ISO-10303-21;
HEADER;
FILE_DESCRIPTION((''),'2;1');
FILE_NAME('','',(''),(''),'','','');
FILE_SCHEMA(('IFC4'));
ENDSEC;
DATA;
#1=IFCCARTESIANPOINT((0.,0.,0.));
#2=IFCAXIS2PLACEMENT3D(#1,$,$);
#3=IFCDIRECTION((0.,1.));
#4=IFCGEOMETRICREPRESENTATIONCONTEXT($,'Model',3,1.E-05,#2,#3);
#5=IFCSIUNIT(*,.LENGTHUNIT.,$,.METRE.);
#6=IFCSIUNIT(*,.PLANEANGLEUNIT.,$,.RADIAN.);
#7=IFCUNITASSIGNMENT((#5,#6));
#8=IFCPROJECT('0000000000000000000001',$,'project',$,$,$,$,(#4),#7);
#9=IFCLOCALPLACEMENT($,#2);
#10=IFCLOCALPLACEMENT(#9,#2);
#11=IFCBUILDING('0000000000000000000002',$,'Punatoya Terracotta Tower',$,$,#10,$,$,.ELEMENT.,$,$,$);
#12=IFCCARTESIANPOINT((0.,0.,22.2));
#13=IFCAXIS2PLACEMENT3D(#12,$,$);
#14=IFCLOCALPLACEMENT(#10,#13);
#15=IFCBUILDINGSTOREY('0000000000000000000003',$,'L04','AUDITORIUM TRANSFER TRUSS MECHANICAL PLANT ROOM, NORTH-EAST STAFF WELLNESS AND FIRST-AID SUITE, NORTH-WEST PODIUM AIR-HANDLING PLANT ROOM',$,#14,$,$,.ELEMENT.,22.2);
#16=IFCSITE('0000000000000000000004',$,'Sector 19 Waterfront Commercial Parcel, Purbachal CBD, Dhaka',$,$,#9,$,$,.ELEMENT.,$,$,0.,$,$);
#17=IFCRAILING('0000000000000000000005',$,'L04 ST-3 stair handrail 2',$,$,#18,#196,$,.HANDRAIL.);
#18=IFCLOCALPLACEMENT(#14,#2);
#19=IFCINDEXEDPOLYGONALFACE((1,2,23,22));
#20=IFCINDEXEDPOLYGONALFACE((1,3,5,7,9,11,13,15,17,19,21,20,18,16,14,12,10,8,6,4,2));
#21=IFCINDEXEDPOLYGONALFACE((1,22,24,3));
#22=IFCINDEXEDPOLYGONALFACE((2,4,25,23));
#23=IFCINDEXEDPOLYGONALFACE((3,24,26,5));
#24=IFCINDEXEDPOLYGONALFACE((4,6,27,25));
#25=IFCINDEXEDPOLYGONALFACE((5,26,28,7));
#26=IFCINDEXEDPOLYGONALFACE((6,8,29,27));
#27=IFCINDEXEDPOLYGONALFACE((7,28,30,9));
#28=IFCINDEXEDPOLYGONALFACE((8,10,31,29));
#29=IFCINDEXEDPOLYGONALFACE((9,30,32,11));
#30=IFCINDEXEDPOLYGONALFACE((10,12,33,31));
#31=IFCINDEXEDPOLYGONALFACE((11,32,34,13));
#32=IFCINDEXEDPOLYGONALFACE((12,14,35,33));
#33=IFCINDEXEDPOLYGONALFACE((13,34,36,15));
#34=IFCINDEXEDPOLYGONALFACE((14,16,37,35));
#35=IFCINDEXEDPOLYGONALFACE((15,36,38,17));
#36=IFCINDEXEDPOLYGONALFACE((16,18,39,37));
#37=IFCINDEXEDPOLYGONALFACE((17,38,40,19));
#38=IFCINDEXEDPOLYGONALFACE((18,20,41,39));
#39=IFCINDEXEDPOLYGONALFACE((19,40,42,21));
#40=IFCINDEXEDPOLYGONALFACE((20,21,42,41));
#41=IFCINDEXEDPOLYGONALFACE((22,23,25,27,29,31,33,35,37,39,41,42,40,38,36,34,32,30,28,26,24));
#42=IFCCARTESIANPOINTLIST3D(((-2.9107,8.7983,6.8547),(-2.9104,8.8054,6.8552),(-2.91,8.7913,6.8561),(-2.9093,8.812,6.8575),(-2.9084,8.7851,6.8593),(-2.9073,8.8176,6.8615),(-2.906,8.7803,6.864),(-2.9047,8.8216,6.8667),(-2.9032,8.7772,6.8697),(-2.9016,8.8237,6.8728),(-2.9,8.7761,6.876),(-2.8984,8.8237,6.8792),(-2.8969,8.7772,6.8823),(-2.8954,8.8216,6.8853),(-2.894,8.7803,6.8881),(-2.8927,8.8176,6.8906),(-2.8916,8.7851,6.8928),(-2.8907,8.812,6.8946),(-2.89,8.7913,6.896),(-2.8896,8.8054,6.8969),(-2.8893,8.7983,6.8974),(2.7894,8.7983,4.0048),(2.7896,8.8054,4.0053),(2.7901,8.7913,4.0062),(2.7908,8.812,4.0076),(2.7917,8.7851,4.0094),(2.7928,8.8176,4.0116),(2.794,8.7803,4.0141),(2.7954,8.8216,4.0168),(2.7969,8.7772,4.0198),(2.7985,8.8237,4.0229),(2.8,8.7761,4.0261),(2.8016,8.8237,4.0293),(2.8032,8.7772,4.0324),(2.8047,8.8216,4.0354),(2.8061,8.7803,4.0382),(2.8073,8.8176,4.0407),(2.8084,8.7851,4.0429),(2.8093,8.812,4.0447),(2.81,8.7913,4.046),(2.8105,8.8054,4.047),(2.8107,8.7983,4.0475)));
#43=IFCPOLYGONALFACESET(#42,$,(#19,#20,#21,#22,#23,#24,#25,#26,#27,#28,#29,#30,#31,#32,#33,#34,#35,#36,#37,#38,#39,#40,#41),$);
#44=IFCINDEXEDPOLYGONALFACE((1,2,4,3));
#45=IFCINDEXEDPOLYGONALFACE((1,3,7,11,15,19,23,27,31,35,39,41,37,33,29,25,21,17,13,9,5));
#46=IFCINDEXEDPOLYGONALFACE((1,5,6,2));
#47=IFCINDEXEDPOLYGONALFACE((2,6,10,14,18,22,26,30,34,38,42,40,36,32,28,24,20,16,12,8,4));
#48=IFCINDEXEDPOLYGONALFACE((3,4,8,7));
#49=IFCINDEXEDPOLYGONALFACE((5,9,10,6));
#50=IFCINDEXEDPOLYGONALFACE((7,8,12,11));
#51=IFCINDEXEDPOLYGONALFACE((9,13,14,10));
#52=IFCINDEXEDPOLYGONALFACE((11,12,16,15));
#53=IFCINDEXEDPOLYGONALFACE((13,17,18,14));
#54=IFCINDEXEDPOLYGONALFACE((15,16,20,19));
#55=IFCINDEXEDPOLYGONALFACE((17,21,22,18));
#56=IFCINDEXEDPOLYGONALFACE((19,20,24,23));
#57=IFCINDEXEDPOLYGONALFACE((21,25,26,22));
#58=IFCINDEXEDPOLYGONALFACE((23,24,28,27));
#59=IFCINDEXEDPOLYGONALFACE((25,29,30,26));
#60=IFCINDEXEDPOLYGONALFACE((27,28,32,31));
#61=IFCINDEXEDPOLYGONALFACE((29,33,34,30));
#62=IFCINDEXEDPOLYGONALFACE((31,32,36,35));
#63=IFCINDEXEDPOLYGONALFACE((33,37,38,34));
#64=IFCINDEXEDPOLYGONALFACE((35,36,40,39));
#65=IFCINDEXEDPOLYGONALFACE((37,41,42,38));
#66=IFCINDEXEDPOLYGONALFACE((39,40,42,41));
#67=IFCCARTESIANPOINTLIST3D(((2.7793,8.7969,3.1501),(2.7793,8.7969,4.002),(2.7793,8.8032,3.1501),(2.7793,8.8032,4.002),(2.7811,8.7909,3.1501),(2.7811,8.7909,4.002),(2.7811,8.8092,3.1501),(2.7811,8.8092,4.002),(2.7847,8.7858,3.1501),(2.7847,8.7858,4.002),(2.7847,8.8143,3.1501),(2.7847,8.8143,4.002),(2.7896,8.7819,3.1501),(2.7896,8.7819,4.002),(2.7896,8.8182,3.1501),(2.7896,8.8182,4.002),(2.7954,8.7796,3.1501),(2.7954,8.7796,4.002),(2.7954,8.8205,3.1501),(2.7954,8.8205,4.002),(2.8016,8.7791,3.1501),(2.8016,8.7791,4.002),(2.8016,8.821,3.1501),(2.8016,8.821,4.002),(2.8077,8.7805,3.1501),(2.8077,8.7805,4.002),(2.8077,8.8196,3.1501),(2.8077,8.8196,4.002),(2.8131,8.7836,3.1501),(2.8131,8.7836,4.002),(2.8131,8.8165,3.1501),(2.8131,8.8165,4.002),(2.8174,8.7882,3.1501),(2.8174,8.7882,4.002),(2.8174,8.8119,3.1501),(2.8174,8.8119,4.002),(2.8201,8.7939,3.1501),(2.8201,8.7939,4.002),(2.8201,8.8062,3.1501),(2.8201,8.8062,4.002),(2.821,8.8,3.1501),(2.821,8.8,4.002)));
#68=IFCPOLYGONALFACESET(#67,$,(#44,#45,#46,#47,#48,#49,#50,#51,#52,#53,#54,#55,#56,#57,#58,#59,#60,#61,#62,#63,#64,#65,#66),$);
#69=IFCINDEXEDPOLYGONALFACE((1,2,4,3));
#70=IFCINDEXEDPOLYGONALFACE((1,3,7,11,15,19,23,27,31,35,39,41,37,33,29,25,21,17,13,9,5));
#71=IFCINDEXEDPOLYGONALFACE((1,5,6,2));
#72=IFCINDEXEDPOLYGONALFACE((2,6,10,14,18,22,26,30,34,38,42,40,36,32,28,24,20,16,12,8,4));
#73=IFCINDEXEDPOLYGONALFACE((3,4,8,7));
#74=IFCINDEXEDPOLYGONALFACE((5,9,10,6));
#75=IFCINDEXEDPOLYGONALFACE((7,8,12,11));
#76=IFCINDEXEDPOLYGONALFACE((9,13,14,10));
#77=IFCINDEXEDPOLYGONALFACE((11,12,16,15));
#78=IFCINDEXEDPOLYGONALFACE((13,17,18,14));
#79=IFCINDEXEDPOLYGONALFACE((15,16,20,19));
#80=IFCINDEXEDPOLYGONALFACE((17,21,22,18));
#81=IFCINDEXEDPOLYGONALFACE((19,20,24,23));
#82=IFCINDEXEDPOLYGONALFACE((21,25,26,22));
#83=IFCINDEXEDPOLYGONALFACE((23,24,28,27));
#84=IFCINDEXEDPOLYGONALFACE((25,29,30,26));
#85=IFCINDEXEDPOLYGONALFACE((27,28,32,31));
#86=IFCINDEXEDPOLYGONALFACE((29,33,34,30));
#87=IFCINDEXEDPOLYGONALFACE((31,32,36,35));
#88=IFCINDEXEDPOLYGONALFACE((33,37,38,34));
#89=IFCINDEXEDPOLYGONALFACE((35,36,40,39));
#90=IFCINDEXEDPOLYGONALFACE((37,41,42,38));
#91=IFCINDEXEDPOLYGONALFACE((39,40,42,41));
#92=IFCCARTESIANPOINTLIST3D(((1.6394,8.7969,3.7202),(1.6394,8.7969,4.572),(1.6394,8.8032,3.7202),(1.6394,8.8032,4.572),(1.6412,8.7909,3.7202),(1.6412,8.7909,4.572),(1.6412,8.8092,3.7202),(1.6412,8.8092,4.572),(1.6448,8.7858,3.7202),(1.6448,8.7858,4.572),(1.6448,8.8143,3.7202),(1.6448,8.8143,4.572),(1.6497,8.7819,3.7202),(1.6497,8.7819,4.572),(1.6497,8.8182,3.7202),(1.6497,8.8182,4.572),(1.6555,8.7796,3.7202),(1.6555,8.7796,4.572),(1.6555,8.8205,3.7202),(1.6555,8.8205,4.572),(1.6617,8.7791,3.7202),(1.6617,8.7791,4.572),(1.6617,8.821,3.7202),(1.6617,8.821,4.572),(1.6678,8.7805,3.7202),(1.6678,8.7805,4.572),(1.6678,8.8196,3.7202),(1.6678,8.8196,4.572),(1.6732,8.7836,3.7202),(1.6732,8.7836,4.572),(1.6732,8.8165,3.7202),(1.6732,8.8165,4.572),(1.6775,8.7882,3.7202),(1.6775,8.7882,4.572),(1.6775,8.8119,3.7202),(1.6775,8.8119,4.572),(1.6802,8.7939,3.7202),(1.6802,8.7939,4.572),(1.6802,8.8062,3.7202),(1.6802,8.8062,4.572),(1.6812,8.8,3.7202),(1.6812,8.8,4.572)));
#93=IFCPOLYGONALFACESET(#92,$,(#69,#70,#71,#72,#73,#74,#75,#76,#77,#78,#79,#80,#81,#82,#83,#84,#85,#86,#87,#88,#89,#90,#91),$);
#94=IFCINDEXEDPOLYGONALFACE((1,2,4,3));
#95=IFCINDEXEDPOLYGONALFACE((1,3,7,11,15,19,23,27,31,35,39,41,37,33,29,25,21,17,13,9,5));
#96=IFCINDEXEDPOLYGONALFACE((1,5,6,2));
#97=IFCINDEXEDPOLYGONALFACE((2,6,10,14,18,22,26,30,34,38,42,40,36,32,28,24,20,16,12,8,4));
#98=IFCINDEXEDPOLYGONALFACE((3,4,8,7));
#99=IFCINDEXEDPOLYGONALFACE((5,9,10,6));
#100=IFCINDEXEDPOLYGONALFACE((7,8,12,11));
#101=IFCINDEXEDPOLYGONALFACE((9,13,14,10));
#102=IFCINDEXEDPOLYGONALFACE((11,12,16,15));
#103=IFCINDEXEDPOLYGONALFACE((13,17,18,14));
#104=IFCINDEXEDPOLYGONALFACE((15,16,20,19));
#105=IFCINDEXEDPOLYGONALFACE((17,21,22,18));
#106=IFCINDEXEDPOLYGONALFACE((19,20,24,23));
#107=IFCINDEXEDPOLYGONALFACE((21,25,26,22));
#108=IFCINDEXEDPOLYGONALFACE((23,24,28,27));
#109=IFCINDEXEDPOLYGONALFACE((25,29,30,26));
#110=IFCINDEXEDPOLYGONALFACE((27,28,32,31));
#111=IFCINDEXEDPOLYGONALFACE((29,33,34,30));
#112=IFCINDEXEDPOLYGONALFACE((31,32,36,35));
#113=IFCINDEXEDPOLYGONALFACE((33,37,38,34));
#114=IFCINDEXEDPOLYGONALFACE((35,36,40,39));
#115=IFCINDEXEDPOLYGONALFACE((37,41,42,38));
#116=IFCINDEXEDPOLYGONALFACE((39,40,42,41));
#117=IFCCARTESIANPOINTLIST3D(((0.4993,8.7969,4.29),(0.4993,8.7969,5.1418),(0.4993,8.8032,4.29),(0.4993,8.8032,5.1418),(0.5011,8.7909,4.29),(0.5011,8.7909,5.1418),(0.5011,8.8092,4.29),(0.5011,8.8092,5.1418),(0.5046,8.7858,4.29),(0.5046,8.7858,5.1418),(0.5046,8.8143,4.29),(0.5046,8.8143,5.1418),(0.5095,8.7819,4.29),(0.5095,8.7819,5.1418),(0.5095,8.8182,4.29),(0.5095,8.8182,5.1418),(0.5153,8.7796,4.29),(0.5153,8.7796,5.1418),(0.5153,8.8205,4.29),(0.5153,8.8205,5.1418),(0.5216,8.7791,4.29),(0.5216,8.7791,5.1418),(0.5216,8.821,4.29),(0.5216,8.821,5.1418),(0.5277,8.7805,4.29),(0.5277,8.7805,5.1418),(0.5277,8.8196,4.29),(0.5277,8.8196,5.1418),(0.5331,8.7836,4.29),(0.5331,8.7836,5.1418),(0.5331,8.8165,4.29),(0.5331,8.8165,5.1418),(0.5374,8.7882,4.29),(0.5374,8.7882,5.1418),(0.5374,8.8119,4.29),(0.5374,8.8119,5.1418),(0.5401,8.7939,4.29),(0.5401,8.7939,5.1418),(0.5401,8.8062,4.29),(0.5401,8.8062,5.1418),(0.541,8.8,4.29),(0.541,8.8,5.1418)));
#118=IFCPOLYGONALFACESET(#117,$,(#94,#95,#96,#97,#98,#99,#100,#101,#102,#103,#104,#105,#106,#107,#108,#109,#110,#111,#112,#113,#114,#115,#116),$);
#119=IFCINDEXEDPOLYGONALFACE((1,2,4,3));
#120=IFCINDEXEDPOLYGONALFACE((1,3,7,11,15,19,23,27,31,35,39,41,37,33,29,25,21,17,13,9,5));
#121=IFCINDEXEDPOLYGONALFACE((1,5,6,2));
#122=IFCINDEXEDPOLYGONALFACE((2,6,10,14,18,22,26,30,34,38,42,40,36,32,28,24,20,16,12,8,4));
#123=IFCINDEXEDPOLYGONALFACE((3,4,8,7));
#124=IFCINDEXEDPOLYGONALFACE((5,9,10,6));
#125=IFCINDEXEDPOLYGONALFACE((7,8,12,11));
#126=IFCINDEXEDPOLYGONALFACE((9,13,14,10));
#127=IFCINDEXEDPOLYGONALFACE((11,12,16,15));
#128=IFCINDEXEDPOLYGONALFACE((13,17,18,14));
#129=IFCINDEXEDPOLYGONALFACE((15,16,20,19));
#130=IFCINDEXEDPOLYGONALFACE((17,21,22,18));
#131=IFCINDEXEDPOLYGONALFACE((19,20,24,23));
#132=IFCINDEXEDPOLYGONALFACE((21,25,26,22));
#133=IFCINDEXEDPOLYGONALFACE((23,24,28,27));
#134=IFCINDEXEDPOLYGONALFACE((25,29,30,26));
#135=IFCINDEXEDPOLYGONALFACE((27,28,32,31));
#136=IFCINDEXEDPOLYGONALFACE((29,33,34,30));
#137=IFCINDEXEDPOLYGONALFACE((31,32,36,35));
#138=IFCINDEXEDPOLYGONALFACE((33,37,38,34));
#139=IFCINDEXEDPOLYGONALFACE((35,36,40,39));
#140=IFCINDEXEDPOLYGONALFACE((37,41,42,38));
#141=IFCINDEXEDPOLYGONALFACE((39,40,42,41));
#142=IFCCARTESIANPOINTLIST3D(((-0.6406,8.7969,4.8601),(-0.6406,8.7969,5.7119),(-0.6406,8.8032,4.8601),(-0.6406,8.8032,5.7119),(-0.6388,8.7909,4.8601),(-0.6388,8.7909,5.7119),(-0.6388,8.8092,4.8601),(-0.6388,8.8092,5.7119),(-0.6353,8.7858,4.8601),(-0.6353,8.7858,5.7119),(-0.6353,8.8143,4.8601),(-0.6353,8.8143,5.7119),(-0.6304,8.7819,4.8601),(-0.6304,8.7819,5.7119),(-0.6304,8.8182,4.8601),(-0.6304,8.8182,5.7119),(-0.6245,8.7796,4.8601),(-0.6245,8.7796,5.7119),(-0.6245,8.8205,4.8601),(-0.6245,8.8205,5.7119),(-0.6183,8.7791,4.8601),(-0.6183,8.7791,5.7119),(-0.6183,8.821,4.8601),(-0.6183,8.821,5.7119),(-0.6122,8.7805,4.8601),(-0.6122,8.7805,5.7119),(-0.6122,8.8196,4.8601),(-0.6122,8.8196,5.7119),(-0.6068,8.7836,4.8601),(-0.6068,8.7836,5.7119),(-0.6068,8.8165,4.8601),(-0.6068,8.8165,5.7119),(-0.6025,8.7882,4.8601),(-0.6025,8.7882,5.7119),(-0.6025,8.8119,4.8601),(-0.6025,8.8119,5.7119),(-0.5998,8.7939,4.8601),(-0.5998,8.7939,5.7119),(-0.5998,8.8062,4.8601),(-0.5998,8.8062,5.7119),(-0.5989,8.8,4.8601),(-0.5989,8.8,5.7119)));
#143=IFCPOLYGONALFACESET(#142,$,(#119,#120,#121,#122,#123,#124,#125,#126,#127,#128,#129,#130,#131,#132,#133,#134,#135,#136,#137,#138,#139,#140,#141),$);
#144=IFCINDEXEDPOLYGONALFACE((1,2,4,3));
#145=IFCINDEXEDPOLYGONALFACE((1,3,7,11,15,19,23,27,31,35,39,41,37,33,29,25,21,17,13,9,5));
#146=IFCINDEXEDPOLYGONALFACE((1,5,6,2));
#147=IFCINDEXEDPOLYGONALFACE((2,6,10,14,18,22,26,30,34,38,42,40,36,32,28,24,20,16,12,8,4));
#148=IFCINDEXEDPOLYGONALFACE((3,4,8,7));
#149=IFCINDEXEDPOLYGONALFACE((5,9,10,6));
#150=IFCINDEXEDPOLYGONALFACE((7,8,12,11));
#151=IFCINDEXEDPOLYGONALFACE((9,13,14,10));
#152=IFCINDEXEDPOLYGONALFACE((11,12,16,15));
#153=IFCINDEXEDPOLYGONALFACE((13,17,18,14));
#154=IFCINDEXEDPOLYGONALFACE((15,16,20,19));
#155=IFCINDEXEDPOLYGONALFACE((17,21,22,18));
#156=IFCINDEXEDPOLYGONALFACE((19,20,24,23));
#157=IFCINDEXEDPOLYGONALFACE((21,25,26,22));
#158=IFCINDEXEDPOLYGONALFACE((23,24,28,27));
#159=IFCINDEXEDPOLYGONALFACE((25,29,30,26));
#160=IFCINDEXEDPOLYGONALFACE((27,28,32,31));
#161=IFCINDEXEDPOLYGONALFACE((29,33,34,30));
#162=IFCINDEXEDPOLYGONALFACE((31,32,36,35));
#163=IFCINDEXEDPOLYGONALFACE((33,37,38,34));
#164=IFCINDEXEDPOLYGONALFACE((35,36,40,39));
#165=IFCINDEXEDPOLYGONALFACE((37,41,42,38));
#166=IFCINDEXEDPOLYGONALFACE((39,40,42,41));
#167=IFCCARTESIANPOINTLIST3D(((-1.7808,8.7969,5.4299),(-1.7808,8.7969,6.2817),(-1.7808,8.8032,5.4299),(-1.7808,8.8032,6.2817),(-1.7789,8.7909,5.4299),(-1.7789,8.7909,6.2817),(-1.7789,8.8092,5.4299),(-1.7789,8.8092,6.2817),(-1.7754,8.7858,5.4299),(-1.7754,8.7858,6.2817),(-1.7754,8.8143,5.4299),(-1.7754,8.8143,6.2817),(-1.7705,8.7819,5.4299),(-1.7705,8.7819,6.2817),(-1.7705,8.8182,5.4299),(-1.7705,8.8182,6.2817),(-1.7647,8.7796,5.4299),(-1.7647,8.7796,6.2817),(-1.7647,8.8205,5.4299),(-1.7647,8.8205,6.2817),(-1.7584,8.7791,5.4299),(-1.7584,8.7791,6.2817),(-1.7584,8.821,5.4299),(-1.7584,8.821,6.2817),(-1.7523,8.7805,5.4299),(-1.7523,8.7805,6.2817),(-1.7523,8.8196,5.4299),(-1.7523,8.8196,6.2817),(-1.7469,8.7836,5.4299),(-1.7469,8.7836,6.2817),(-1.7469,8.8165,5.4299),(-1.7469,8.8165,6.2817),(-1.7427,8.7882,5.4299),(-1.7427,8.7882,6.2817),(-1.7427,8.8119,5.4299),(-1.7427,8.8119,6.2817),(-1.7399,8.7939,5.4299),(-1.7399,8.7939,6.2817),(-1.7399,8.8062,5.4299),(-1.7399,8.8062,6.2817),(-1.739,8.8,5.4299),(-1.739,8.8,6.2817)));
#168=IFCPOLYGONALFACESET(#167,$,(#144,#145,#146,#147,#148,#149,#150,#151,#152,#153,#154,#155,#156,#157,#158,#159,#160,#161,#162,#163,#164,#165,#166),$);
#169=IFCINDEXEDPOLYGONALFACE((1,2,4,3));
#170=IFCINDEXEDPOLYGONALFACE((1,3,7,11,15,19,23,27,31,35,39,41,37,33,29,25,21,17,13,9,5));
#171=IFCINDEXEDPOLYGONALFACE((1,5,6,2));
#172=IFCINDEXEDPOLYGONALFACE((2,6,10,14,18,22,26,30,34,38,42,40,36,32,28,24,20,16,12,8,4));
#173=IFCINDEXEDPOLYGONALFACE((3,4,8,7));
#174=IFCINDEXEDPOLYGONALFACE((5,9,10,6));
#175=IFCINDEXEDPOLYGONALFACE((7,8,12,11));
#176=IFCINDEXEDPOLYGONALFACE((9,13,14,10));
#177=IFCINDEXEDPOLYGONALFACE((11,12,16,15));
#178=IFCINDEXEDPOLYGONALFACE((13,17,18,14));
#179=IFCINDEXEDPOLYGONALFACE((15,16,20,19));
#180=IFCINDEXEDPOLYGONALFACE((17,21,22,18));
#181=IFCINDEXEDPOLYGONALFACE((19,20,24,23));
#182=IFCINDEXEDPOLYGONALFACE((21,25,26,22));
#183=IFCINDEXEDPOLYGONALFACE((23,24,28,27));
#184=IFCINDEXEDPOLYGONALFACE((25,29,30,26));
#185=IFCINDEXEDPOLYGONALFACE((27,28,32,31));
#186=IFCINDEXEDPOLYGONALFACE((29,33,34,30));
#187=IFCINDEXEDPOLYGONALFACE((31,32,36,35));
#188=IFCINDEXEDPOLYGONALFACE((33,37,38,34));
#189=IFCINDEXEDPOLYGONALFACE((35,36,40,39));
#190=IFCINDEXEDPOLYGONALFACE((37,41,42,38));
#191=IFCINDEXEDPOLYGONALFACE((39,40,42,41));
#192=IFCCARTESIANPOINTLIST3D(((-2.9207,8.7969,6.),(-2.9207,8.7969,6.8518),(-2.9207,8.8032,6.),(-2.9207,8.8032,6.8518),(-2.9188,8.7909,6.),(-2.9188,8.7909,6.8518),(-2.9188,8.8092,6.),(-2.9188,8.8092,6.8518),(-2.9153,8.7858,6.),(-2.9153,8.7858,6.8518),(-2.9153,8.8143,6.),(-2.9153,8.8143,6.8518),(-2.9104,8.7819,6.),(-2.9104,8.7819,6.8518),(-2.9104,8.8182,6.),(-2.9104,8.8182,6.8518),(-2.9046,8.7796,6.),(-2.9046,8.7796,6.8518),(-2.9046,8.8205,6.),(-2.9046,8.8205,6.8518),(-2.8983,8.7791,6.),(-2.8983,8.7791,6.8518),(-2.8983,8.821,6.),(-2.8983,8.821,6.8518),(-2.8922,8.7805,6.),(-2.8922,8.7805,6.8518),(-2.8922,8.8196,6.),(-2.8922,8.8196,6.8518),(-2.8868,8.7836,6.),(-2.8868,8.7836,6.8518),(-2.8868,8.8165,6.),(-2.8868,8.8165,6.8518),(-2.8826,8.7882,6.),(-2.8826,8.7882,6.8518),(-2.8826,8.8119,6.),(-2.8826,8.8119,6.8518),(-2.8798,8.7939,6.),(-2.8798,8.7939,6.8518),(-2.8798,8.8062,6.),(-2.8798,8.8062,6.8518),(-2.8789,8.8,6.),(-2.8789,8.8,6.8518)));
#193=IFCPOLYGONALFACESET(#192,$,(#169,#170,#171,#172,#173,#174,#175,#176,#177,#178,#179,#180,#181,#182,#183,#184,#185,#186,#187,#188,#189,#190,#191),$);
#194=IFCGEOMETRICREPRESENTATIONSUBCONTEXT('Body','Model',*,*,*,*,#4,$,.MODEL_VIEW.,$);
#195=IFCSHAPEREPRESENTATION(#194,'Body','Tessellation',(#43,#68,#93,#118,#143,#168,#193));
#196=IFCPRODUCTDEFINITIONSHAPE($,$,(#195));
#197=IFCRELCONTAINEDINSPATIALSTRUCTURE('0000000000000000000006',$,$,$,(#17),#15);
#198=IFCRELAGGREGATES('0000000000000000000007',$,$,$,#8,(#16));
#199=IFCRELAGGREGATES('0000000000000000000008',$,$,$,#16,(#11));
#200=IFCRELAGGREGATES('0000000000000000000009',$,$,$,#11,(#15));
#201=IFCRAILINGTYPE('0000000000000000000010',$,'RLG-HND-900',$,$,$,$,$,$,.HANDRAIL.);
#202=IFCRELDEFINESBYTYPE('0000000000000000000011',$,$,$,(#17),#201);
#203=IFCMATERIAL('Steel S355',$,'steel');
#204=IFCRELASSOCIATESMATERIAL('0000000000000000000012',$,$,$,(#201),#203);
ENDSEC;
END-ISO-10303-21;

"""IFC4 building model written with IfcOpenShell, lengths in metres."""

from ifc_helpers import new_model, si_unit, direction, frame, origin, origin_2d, place, context, subcontext, project, spatial, circle, extrude, material, type_object, element, save


model = new_model("IFC4")

# Units and contexts
model_context = context("Model", 3, precision=1e-05, world=origin(), true_north=direction((0.0, 1.0)))
body_context = subcontext(model_context, "Body", "Model", "MODEL_VIEW")
ifc_project = project(units=[si_unit("LENGTHUNIT", "METRE"), si_unit("PLANEANGLEUNIT", "RADIAN")], contexts=[model_context])

# Site, building, storey
site_placement = place(None, origin())
site = spatial("IfcSite", under=ifc_project, at=site_placement, Name="Sector 19 Waterfront Commercial Parcel, Purbachal CBD, Dhaka", CompositionType="ELEMENT", RefElevation=0.0)
building_placement = place(site_placement, origin())
building = spatial("IfcBuilding", under=site, at=building_placement, Name="Punatoya Terracotta Tower", CompositionType="ELEMENT")
storey_placement = place(building_placement, frame((0.0, 0.0, 22.2)))
storey = spatial("IfcBuildingStorey", under=building, at=storey_placement, Name="L04", Description="AUDITORIUM TRANSFER TRUSS MECHANICAL PLANT ROOM, NORTH-EAST STAFF WELLNESS AND FIRST-AID SUITE, NORTH-WEST PODIUM AIR-HANDLING PLANT ROOM", CompositionType="ELEMENT", Elevation=22.2)

# Shared definitions
ifc_material_1 = material(Name="Steel S355", Category="steel")

# Railing
railing_type_1 = type_object("IfcRailingType", Name="RLG-HND-900", PredefinedType="HANDRAIL", material=ifc_material_1)
railing_1_placement = place(storey_placement, frame((2.8, 8.8, 3.1501)))
element("IfcRailing", 1, at=railing_1_placement, inside=storey, type_object=railing_type_1, Name="L04 ST-3 stair handrail 2", PredefinedType="HANDRAIL", context=body_context, shape_type="SweptSolid", body=[
    extrude(circle(Radius=0.0239, at=origin_2d()), frame((0.0, 0.0, 0.876), z_axis=(-0.894435, 0.0, 0.447198), x_axis=(0.0, -1.0, 0.0)), (0.0, 0.0, 1.0), 6.3728),
    extrude(circle(Radius=0.021, at=origin_2d()), origin(), (0.0, 0.0, 1.0), 0.8518),
    extrude(circle(Radius=0.021, at=origin_2d()), frame((-1.1399, 0.0, 0.5701)), (0.0, 0.0, 1.0), 0.8518),
    extrude(circle(Radius=0.021, at=origin_2d()), frame((-2.28, 0.0, 1.1399)), (0.0, 0.0, 1.0), 0.8518),
    extrude(circle(Radius=0.021, at=origin_2d()), frame((-3.4199, 0.0, 1.71)), (0.0, 0.0, 1.0), 0.8518),
    extrude(circle(Radius=0.021, at=origin_2d()), frame((-4.5601, 0.0, 2.2798)), (0.0, 0.0, 1.0), 0.8518),
    extrude(circle(Radius=0.021, at=origin_2d()), frame((-5.7, 0.0, 2.8499)), (0.0, 0.0, 1.0), 0.8518),
])

save(model, "model.ifc")
